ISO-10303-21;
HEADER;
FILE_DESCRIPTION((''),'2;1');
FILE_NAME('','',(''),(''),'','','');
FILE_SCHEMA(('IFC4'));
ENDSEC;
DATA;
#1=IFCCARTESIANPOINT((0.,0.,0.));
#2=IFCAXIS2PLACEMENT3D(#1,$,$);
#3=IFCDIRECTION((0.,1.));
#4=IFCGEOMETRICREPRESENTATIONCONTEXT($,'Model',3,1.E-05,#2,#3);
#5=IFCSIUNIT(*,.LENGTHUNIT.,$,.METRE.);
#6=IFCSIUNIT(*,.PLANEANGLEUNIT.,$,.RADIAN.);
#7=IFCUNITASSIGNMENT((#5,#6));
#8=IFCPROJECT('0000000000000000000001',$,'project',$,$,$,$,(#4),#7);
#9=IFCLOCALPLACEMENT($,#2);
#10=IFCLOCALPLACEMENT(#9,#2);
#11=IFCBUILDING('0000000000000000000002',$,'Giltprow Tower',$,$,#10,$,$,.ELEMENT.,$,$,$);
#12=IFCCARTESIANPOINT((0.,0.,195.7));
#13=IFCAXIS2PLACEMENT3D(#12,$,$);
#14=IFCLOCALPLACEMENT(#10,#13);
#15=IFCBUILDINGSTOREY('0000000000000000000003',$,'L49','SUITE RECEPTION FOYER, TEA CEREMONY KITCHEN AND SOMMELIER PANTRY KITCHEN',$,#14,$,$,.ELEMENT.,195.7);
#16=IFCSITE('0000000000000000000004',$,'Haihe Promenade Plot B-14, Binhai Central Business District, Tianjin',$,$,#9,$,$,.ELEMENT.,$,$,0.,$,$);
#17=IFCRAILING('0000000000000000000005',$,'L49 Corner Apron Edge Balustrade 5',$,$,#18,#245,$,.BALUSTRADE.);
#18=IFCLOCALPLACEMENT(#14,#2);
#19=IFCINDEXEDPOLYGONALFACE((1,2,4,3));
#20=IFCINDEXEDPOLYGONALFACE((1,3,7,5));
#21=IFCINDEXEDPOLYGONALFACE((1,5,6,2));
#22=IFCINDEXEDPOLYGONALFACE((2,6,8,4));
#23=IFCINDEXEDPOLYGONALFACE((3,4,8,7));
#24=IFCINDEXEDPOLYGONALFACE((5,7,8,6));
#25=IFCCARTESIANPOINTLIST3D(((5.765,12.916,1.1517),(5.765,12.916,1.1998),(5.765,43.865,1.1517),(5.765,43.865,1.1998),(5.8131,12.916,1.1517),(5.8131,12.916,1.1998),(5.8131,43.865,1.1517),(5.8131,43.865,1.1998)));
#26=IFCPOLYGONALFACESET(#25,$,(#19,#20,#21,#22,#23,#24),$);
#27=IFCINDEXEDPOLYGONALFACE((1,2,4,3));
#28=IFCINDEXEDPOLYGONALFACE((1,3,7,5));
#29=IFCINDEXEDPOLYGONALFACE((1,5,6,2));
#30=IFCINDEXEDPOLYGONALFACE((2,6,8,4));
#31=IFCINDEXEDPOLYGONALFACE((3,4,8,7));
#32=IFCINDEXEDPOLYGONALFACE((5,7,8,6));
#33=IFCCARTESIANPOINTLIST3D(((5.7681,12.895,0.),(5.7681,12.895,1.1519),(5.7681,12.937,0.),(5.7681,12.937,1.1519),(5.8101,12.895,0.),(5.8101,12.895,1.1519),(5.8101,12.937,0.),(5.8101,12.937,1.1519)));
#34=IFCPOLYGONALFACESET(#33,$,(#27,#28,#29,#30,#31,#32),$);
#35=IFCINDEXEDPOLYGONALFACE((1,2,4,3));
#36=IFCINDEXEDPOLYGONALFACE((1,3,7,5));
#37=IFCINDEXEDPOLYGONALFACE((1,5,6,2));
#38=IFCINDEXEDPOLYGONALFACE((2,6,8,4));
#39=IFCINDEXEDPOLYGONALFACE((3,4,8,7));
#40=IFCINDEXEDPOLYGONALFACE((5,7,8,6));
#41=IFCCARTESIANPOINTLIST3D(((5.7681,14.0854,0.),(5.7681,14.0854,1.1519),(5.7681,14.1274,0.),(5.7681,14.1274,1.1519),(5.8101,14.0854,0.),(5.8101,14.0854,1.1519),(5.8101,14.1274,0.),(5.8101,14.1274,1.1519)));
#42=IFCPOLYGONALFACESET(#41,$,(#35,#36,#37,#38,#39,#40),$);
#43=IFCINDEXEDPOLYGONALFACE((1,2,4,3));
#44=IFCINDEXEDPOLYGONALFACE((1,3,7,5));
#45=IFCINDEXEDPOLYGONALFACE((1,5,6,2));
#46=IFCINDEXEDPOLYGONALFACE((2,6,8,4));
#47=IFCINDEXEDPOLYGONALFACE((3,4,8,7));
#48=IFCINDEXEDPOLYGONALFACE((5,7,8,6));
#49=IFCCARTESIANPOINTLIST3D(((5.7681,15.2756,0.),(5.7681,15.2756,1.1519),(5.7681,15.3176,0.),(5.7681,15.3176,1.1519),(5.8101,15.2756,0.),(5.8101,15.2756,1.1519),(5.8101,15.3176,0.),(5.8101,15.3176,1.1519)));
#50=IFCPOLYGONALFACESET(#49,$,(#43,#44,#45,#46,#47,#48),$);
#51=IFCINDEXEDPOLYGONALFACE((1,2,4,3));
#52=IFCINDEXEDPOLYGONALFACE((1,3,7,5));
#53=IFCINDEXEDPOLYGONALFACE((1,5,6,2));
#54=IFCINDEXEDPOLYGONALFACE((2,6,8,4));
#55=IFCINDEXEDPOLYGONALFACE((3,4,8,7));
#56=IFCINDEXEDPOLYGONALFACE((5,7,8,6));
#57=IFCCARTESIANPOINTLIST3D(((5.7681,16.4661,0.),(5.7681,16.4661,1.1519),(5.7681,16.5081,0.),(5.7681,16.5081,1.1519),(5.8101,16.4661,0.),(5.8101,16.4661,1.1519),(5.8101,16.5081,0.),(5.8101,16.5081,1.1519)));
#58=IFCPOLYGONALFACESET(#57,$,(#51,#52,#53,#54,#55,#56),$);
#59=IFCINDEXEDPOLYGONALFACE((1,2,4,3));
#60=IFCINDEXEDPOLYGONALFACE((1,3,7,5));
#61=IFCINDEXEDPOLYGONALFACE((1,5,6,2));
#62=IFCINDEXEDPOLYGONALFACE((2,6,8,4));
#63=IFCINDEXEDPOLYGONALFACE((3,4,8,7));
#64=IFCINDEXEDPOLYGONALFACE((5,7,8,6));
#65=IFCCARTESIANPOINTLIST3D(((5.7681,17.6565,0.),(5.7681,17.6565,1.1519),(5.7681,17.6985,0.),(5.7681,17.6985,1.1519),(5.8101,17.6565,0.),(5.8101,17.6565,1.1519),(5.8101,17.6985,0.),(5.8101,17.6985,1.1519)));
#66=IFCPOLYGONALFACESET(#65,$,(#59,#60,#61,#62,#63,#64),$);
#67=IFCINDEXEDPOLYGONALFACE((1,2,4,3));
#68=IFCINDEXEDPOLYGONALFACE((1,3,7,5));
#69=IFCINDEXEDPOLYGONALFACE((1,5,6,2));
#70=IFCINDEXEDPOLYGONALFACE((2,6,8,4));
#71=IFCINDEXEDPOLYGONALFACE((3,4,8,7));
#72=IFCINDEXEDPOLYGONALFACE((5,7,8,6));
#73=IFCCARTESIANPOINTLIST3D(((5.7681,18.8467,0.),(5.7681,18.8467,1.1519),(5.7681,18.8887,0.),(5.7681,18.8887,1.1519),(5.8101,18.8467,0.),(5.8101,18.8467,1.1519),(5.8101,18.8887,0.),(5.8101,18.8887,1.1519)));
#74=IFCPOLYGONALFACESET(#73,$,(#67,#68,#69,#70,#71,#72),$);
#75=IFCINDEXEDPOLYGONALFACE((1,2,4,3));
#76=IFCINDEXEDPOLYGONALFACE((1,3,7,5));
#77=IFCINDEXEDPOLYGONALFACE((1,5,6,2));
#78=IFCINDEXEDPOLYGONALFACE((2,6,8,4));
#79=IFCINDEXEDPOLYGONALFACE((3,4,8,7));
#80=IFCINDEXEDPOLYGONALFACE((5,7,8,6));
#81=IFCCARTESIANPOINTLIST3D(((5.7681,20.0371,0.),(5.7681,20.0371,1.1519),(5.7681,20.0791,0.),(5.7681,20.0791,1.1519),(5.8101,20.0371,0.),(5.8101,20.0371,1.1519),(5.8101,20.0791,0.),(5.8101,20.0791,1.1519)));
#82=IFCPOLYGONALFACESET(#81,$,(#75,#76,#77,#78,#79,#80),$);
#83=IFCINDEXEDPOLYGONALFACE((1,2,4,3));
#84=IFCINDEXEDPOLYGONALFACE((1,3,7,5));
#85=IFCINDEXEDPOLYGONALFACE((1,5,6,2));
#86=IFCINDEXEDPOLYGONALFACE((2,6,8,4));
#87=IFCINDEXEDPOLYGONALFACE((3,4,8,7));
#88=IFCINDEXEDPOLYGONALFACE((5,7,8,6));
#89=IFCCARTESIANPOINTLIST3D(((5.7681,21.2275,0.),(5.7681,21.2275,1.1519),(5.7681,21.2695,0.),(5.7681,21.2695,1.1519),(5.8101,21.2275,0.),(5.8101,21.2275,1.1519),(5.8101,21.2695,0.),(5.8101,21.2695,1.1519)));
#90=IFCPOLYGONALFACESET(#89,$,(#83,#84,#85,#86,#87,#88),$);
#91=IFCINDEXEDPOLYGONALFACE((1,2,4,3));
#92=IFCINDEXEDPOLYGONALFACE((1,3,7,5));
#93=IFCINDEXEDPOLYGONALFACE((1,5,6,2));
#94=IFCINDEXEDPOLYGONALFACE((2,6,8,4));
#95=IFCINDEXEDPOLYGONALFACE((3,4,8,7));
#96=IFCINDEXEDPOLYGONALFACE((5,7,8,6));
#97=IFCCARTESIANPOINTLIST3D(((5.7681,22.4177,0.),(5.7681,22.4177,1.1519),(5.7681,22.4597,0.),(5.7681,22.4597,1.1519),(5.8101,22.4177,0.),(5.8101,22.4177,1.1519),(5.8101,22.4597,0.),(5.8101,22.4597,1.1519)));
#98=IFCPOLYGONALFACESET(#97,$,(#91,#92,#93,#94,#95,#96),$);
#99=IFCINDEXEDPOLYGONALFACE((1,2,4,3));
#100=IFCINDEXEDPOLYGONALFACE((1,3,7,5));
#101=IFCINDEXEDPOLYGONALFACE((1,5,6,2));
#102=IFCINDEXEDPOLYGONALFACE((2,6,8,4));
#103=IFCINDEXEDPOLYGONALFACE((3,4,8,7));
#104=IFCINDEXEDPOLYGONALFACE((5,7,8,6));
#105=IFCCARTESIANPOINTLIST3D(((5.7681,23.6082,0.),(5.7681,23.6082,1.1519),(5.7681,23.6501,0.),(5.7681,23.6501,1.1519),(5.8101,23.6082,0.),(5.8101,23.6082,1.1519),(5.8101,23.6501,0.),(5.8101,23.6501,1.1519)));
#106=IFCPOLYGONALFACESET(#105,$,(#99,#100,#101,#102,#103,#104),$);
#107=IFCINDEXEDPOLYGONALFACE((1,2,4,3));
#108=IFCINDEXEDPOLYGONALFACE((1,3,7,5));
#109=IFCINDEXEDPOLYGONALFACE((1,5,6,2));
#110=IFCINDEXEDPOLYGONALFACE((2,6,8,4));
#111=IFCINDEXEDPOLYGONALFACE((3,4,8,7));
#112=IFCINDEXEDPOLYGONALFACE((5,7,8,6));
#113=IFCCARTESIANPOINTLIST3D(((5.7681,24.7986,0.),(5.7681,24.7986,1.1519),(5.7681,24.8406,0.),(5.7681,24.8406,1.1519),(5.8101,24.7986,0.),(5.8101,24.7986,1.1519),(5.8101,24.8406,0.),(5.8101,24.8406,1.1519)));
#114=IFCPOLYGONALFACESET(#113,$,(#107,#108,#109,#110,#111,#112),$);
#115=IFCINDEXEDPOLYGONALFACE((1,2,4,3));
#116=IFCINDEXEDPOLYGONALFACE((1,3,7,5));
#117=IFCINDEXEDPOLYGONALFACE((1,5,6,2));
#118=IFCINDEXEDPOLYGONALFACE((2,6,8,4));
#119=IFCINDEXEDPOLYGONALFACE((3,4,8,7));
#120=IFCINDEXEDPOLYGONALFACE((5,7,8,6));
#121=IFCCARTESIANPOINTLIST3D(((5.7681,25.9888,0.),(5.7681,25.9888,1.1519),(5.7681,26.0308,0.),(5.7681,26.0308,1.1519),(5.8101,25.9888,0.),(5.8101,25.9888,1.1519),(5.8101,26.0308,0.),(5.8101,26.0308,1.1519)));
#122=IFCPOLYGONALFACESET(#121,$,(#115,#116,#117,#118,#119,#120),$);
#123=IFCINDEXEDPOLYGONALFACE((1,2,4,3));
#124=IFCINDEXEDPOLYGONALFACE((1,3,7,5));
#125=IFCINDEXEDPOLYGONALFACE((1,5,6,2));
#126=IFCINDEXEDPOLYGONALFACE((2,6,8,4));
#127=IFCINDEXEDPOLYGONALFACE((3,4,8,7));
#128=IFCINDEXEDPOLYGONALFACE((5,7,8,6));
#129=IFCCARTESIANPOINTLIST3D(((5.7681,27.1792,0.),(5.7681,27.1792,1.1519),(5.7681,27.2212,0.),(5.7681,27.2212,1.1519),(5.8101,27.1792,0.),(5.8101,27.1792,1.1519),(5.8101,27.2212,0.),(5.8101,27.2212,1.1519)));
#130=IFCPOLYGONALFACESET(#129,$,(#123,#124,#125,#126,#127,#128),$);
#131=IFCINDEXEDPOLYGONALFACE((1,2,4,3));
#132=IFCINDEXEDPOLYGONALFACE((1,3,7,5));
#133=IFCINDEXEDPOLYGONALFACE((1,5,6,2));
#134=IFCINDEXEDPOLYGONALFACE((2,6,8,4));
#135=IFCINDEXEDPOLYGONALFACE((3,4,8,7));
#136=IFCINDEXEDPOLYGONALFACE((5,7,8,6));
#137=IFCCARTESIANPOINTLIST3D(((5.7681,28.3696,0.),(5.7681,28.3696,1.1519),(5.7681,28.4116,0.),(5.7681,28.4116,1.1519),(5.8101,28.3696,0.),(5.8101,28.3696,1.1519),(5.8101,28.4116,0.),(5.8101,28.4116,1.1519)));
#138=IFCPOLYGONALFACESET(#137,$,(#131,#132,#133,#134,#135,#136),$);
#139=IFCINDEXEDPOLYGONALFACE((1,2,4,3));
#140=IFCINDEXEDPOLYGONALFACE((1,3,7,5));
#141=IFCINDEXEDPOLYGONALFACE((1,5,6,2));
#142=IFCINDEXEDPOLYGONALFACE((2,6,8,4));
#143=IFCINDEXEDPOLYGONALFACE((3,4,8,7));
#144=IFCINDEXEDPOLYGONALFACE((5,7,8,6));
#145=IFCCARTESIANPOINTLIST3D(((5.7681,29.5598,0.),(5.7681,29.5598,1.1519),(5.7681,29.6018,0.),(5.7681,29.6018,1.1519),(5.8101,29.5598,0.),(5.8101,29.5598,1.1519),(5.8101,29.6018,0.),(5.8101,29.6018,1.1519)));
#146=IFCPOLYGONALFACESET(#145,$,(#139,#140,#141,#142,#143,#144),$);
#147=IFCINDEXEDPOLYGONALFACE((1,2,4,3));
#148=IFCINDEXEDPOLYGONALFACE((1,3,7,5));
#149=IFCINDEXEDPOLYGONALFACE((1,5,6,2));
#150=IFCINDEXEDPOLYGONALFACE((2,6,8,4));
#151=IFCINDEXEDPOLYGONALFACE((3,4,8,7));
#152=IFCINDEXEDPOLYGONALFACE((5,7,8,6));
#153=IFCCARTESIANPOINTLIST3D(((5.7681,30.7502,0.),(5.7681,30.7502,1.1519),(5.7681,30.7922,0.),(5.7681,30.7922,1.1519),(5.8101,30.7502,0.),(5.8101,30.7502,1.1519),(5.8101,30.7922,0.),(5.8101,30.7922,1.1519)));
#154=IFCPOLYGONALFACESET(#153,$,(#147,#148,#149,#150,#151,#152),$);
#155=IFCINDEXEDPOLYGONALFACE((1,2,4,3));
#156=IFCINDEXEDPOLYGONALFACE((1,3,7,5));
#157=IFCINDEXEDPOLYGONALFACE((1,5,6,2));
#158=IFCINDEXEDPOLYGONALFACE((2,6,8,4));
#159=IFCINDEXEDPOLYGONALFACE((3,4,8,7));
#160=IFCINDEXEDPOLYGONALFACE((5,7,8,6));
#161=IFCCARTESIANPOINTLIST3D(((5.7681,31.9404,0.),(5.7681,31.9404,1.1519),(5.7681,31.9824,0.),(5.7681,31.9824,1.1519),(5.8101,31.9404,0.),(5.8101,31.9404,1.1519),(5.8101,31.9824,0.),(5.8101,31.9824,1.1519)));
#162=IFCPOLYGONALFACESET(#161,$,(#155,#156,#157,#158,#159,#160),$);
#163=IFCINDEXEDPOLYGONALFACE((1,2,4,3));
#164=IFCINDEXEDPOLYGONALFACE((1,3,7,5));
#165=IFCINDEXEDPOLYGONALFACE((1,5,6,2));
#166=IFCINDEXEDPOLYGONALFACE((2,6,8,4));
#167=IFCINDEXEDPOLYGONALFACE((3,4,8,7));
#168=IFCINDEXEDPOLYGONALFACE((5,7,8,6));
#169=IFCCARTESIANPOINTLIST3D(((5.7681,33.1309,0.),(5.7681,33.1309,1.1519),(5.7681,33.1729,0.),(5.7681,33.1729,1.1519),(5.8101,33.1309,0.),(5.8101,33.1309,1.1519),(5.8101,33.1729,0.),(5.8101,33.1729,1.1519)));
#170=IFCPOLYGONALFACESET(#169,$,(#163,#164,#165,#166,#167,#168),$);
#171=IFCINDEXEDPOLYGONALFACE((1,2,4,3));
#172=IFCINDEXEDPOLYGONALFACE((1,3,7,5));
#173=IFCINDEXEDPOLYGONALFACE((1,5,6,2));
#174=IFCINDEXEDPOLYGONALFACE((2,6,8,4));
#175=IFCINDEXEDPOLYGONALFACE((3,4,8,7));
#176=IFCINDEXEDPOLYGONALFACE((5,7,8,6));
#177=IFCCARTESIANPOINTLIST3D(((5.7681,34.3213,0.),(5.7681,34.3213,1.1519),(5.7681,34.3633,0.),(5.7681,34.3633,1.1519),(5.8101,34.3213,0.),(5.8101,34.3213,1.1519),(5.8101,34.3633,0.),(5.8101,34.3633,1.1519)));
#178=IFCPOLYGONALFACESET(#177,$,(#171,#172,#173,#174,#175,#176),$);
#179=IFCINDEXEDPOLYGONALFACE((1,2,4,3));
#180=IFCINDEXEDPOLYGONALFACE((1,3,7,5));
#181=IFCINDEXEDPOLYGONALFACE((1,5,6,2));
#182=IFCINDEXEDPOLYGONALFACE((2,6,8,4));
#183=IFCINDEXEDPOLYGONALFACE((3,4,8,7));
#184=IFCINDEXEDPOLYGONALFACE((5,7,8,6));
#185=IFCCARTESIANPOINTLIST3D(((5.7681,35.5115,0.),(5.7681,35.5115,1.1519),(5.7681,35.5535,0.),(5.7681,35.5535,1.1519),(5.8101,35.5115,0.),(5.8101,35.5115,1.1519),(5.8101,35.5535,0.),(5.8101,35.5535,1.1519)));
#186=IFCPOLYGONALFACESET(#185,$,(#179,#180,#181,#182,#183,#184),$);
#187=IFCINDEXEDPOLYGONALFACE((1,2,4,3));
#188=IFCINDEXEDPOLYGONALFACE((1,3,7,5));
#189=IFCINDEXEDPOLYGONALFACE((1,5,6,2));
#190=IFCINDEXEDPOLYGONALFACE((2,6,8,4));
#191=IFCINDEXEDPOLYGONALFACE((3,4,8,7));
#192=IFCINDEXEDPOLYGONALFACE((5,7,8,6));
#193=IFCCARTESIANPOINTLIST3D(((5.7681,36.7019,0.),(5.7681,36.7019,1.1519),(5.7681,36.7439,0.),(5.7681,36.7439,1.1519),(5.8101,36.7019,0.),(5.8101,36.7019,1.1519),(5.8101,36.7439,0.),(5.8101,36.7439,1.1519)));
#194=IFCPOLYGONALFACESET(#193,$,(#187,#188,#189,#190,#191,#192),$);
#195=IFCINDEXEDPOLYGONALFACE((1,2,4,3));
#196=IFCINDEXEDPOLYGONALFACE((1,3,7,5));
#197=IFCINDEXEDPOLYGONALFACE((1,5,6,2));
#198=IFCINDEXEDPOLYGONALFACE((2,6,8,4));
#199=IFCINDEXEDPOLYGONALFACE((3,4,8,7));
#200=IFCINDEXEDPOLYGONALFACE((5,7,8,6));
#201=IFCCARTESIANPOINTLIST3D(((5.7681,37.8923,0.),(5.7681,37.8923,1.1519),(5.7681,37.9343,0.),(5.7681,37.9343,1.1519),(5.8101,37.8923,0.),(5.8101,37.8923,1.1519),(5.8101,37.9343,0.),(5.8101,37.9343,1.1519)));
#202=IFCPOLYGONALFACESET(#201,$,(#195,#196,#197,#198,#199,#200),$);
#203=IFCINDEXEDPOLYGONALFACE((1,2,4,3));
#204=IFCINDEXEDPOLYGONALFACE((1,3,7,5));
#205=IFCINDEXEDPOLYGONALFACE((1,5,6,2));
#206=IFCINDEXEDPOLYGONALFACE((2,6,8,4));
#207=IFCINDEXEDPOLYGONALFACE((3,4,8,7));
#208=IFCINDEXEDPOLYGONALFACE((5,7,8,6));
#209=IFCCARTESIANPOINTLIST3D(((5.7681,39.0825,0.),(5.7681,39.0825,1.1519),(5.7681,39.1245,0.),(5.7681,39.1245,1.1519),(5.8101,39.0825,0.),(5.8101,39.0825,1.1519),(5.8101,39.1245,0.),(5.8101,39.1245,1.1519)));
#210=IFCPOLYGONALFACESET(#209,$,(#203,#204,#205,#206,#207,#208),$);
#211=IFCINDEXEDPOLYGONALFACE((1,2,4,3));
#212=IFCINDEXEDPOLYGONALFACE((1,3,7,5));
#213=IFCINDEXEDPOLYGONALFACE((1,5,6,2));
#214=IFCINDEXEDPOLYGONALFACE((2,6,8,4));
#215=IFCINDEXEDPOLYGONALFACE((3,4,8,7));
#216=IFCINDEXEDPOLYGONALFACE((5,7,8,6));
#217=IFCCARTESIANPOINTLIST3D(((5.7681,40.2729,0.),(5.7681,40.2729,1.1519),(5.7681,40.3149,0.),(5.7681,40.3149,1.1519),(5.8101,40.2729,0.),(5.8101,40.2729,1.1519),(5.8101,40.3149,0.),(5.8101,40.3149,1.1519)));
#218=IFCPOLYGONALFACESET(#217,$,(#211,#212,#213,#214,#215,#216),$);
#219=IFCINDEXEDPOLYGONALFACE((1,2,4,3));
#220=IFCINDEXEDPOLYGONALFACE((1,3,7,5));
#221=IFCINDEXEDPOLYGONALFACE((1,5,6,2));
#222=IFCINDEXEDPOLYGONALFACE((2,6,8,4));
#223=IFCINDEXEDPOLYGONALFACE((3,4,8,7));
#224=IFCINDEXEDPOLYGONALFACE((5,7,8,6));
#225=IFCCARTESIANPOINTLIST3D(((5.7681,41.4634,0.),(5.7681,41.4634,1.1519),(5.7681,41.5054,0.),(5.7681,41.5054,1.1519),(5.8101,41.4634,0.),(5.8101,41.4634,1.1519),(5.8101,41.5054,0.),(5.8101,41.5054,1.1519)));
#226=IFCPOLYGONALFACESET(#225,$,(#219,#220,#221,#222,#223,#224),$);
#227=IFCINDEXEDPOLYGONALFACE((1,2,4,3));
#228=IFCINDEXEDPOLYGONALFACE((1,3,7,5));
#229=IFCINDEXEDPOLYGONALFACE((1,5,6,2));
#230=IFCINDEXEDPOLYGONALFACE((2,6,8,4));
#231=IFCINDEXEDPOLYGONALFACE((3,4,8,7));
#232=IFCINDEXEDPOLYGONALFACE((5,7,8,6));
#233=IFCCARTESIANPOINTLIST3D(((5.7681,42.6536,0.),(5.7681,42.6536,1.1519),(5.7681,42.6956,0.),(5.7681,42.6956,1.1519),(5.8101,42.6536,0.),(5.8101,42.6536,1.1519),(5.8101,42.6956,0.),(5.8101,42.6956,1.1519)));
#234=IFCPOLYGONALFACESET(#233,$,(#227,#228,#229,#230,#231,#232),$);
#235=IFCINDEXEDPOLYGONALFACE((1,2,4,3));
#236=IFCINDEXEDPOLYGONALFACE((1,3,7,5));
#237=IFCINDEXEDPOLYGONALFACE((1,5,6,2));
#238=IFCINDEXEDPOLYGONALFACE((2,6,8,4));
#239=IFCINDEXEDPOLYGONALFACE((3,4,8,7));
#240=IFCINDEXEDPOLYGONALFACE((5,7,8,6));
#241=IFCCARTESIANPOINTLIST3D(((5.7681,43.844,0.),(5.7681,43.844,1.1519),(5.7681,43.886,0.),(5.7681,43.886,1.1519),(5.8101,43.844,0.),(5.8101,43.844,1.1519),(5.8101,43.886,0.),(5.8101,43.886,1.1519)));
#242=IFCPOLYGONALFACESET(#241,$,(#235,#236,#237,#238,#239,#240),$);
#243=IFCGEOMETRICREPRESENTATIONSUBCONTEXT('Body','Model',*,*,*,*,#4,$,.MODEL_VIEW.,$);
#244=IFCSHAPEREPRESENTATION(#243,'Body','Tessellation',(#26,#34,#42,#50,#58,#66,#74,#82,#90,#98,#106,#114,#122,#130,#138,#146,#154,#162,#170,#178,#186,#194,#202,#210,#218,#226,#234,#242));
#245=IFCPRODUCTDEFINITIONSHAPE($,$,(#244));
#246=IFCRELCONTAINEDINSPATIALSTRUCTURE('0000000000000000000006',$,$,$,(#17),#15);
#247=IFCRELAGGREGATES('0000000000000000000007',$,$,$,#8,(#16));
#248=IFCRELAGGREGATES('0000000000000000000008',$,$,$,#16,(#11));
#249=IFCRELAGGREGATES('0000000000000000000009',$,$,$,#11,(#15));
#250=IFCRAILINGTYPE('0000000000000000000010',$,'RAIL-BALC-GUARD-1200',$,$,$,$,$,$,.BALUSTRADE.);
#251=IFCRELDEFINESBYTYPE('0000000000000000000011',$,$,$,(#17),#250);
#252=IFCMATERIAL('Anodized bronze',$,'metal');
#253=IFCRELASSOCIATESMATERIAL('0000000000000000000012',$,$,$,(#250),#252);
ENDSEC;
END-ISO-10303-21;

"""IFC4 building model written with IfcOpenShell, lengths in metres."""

from ifc_helpers import new_model, si_unit, direction, frame, origin, origin_2d, place, context, subcontext, project, spatial, rectangle, extrude, material, type_object, element, save


model = new_model("IFC4")

# Units and contexts
model_context = context("Model", 3, precision=1e-05, world=origin(), true_north=direction((0.0, 1.0)))
body_context = subcontext(model_context, "Body", "Model", "MODEL_VIEW")
ifc_project = project(units=[si_unit("LENGTHUNIT", "METRE"), si_unit("PLANEANGLEUNIT", "RADIAN")], contexts=[model_context])

# Site, building, storey
site_placement = place(None, origin())
site = spatial("IfcSite", under=ifc_project, at=site_placement, Name="Haihe Promenade Plot B-14, Binhai Central Business District, Tianjin", CompositionType="ELEMENT", RefElevation=0.0)
building_placement = place(site_placement, origin())
building = spatial("IfcBuilding", under=site, at=building_placement, Name="Giltprow Tower", CompositionType="ELEMENT")
storey_placement = place(building_placement, frame((0.0, 0.0, 195.7)))
storey = spatial("IfcBuildingStorey", under=building, at=storey_placement, Name="L49", Description="SUITE RECEPTION FOYER, TEA CEREMONY KITCHEN AND SOMMELIER PANTRY KITCHEN", CompositionType="ELEMENT", Elevation=195.7)

# Shared definitions
ifc_material_1 = material(Name="Anodized bronze", Category="metal")

# Railing
railing_type = type_object("IfcRailingType", Name="RAIL-BALC-GUARD-1200", PredefinedType="BALUSTRADE", material=ifc_material_1)
railing_1_placement = place(storey_placement, frame((5.7891, 12.916, 0.0)))
element("IfcRailing", 1, at=railing_1_placement, inside=storey, type_object=railing_type, Name="L49 Corner Apron Edge Balustrade 5", PredefinedType="BALUSTRADE", context=body_context, shape_type="SweptSolid", body=[
    extrude(rectangle(XDim=0.0481, YDim=0.0481, at=origin_2d()), frame((0.0, 0.0, 1.1758), z_axis=(0.0, 1.0, 0.0), x_axis=(-1.0, 0.0, 0.0)), (0.0, 0.0, 1.0), 30.949),
    extrude(rectangle(XDim=0.042, YDim=0.042, at=origin_2d()), origin(), (0.0, 0.0, 1.0), 1.1519),
    extrude(rectangle(XDim=0.042, YDim=0.042, at=origin_2d()), frame((0.0, 1.1904, 0.0)), (0.0, 0.0, 1.0), 1.1519),
    extrude(rectangle(XDim=0.042, YDim=0.042, at=origin_2d()), frame((0.0, 2.3806, 0.0)), (0.0, 0.0, 1.0), 1.1519),
    extrude(rectangle(XDim=0.042, YDim=0.042, at=origin_2d()), frame((0.0, 3.571, 0.0)), (0.0, 0.0, 1.0), 1.1519),
    extrude(rectangle(XDim=0.042, YDim=0.042, at=origin_2d()), frame((0.0, 4.7615, 0.0)), (0.0, 0.0, 1.0), 1.1519),
    extrude(rectangle(XDim=0.042, YDim=0.042, at=origin_2d()), frame((0.0, 5.9517, 0.0)), (0.0, 0.0, 1.0), 1.1519),
    extrude(rectangle(XDim=0.042, YDim=0.042, at=origin_2d()), frame((0.0, 7.1421, 0.0)), (0.0, 0.0, 1.0), 1.1519),
    extrude(rectangle(XDim=0.042, YDim=0.042, at=origin_2d()), frame((0.0, 8.3325, 0.0)), (0.0, 0.0, 1.0), 1.1519),
    extrude(rectangle(XDim=0.042, YDim=0.042, at=origin_2d()), frame((0.0, 9.5227, 0.0)), (0.0, 0.0, 1.0), 1.1519),
    extrude(rectangle(XDim=0.042, YDim=0.042, at=origin_2d()), frame((0.0, 10.7131, 0.0)), (0.0, 0.0, 1.0), 1.1519),
    extrude(rectangle(XDim=0.042, YDim=0.042, at=origin_2d()), frame((0.0, 11.9036, 0.0)), (0.0, 0.0, 1.0), 1.1519),
    extrude(rectangle(XDim=0.042, YDim=0.042, at=origin_2d()), frame((0.0, 13.0938, 0.0)), (0.0, 0.0, 1.0), 1.1519),
    extrude(rectangle(XDim=0.042, YDim=0.042, at=origin_2d()), frame((0.0, 14.2842, 0.0)), (0.0, 0.0, 1.0), 1.1519),
    extrude(rectangle(XDim=0.042, YDim=0.042, at=origin_2d()), frame((0.0, 15.4746, 0.0)), (0.0, 0.0, 1.0), 1.1519),
    extrude(rectangle(XDim=0.042, YDim=0.042, at=origin_2d()), frame((0.0, 16.6648, 0.0)), (0.0, 0.0, 1.0), 1.1519),
    extrude(rectangle(XDim=0.042, YDim=0.042, at=origin_2d()), frame((0.0, 17.8552, 0.0)), (0.0, 0.0, 1.0), 1.1519),
    extrude(rectangle(XDim=0.042, YDim=0.042, at=origin_2d()), frame((0.0, 19.0454, 0.0)), (0.0, 0.0, 1.0), 1.1519),
    extrude(rectangle(XDim=0.042, YDim=0.042, at=origin_2d()), frame((0.0, 20.2358, 0.0)), (0.0, 0.0, 1.0), 1.1519),
    extrude(rectangle(XDim=0.042, YDim=0.042, at=origin_2d()), frame((0.0, 21.4263, 0.0)), (0.0, 0.0, 1.0), 1.1519),
    extrude(rectangle(XDim=0.042, YDim=0.042, at=origin_2d()), frame((0.0, 22.6165, 0.0)), (0.0, 0.0, 1.0), 1.1519),
    extrude(rectangle(XDim=0.042, YDim=0.042, at=origin_2d()), frame((0.0, 23.8069, 0.0)), (0.0, 0.0, 1.0), 1.1519),
    extrude(rectangle(XDim=0.042, YDim=0.042, at=origin_2d()), frame((0.0, 24.9973, 0.0)), (0.0, 0.0, 1.0), 1.1519),
    extrude(rectangle(XDim=0.042, YDim=0.042, at=origin_2d()), frame((0.0, 26.1875, 0.0)), (0.0, 0.0, 1.0), 1.1519),
    extrude(rectangle(XDim=0.042, YDim=0.042, at=origin_2d()), frame((0.0, 27.3779, 0.0)), (0.0, 0.0, 1.0), 1.1519),
    extrude(rectangle(XDim=0.042, YDim=0.042, at=origin_2d()), frame((0.0, 28.5684, 0.0)), (0.0, 0.0, 1.0), 1.1519),
    extrude(rectangle(XDim=0.042, YDim=0.042, at=origin_2d()), frame((0.0, 29.7585, 0.0)), (0.0, 0.0, 1.0), 1.1519),
    extrude(rectangle(XDim=0.042, YDim=0.042, at=origin_2d()), frame((0.0, 30.949, 0.0)), (0.0, 0.0, 1.0), 1.1519),
])

save(model, "model.ifc")
